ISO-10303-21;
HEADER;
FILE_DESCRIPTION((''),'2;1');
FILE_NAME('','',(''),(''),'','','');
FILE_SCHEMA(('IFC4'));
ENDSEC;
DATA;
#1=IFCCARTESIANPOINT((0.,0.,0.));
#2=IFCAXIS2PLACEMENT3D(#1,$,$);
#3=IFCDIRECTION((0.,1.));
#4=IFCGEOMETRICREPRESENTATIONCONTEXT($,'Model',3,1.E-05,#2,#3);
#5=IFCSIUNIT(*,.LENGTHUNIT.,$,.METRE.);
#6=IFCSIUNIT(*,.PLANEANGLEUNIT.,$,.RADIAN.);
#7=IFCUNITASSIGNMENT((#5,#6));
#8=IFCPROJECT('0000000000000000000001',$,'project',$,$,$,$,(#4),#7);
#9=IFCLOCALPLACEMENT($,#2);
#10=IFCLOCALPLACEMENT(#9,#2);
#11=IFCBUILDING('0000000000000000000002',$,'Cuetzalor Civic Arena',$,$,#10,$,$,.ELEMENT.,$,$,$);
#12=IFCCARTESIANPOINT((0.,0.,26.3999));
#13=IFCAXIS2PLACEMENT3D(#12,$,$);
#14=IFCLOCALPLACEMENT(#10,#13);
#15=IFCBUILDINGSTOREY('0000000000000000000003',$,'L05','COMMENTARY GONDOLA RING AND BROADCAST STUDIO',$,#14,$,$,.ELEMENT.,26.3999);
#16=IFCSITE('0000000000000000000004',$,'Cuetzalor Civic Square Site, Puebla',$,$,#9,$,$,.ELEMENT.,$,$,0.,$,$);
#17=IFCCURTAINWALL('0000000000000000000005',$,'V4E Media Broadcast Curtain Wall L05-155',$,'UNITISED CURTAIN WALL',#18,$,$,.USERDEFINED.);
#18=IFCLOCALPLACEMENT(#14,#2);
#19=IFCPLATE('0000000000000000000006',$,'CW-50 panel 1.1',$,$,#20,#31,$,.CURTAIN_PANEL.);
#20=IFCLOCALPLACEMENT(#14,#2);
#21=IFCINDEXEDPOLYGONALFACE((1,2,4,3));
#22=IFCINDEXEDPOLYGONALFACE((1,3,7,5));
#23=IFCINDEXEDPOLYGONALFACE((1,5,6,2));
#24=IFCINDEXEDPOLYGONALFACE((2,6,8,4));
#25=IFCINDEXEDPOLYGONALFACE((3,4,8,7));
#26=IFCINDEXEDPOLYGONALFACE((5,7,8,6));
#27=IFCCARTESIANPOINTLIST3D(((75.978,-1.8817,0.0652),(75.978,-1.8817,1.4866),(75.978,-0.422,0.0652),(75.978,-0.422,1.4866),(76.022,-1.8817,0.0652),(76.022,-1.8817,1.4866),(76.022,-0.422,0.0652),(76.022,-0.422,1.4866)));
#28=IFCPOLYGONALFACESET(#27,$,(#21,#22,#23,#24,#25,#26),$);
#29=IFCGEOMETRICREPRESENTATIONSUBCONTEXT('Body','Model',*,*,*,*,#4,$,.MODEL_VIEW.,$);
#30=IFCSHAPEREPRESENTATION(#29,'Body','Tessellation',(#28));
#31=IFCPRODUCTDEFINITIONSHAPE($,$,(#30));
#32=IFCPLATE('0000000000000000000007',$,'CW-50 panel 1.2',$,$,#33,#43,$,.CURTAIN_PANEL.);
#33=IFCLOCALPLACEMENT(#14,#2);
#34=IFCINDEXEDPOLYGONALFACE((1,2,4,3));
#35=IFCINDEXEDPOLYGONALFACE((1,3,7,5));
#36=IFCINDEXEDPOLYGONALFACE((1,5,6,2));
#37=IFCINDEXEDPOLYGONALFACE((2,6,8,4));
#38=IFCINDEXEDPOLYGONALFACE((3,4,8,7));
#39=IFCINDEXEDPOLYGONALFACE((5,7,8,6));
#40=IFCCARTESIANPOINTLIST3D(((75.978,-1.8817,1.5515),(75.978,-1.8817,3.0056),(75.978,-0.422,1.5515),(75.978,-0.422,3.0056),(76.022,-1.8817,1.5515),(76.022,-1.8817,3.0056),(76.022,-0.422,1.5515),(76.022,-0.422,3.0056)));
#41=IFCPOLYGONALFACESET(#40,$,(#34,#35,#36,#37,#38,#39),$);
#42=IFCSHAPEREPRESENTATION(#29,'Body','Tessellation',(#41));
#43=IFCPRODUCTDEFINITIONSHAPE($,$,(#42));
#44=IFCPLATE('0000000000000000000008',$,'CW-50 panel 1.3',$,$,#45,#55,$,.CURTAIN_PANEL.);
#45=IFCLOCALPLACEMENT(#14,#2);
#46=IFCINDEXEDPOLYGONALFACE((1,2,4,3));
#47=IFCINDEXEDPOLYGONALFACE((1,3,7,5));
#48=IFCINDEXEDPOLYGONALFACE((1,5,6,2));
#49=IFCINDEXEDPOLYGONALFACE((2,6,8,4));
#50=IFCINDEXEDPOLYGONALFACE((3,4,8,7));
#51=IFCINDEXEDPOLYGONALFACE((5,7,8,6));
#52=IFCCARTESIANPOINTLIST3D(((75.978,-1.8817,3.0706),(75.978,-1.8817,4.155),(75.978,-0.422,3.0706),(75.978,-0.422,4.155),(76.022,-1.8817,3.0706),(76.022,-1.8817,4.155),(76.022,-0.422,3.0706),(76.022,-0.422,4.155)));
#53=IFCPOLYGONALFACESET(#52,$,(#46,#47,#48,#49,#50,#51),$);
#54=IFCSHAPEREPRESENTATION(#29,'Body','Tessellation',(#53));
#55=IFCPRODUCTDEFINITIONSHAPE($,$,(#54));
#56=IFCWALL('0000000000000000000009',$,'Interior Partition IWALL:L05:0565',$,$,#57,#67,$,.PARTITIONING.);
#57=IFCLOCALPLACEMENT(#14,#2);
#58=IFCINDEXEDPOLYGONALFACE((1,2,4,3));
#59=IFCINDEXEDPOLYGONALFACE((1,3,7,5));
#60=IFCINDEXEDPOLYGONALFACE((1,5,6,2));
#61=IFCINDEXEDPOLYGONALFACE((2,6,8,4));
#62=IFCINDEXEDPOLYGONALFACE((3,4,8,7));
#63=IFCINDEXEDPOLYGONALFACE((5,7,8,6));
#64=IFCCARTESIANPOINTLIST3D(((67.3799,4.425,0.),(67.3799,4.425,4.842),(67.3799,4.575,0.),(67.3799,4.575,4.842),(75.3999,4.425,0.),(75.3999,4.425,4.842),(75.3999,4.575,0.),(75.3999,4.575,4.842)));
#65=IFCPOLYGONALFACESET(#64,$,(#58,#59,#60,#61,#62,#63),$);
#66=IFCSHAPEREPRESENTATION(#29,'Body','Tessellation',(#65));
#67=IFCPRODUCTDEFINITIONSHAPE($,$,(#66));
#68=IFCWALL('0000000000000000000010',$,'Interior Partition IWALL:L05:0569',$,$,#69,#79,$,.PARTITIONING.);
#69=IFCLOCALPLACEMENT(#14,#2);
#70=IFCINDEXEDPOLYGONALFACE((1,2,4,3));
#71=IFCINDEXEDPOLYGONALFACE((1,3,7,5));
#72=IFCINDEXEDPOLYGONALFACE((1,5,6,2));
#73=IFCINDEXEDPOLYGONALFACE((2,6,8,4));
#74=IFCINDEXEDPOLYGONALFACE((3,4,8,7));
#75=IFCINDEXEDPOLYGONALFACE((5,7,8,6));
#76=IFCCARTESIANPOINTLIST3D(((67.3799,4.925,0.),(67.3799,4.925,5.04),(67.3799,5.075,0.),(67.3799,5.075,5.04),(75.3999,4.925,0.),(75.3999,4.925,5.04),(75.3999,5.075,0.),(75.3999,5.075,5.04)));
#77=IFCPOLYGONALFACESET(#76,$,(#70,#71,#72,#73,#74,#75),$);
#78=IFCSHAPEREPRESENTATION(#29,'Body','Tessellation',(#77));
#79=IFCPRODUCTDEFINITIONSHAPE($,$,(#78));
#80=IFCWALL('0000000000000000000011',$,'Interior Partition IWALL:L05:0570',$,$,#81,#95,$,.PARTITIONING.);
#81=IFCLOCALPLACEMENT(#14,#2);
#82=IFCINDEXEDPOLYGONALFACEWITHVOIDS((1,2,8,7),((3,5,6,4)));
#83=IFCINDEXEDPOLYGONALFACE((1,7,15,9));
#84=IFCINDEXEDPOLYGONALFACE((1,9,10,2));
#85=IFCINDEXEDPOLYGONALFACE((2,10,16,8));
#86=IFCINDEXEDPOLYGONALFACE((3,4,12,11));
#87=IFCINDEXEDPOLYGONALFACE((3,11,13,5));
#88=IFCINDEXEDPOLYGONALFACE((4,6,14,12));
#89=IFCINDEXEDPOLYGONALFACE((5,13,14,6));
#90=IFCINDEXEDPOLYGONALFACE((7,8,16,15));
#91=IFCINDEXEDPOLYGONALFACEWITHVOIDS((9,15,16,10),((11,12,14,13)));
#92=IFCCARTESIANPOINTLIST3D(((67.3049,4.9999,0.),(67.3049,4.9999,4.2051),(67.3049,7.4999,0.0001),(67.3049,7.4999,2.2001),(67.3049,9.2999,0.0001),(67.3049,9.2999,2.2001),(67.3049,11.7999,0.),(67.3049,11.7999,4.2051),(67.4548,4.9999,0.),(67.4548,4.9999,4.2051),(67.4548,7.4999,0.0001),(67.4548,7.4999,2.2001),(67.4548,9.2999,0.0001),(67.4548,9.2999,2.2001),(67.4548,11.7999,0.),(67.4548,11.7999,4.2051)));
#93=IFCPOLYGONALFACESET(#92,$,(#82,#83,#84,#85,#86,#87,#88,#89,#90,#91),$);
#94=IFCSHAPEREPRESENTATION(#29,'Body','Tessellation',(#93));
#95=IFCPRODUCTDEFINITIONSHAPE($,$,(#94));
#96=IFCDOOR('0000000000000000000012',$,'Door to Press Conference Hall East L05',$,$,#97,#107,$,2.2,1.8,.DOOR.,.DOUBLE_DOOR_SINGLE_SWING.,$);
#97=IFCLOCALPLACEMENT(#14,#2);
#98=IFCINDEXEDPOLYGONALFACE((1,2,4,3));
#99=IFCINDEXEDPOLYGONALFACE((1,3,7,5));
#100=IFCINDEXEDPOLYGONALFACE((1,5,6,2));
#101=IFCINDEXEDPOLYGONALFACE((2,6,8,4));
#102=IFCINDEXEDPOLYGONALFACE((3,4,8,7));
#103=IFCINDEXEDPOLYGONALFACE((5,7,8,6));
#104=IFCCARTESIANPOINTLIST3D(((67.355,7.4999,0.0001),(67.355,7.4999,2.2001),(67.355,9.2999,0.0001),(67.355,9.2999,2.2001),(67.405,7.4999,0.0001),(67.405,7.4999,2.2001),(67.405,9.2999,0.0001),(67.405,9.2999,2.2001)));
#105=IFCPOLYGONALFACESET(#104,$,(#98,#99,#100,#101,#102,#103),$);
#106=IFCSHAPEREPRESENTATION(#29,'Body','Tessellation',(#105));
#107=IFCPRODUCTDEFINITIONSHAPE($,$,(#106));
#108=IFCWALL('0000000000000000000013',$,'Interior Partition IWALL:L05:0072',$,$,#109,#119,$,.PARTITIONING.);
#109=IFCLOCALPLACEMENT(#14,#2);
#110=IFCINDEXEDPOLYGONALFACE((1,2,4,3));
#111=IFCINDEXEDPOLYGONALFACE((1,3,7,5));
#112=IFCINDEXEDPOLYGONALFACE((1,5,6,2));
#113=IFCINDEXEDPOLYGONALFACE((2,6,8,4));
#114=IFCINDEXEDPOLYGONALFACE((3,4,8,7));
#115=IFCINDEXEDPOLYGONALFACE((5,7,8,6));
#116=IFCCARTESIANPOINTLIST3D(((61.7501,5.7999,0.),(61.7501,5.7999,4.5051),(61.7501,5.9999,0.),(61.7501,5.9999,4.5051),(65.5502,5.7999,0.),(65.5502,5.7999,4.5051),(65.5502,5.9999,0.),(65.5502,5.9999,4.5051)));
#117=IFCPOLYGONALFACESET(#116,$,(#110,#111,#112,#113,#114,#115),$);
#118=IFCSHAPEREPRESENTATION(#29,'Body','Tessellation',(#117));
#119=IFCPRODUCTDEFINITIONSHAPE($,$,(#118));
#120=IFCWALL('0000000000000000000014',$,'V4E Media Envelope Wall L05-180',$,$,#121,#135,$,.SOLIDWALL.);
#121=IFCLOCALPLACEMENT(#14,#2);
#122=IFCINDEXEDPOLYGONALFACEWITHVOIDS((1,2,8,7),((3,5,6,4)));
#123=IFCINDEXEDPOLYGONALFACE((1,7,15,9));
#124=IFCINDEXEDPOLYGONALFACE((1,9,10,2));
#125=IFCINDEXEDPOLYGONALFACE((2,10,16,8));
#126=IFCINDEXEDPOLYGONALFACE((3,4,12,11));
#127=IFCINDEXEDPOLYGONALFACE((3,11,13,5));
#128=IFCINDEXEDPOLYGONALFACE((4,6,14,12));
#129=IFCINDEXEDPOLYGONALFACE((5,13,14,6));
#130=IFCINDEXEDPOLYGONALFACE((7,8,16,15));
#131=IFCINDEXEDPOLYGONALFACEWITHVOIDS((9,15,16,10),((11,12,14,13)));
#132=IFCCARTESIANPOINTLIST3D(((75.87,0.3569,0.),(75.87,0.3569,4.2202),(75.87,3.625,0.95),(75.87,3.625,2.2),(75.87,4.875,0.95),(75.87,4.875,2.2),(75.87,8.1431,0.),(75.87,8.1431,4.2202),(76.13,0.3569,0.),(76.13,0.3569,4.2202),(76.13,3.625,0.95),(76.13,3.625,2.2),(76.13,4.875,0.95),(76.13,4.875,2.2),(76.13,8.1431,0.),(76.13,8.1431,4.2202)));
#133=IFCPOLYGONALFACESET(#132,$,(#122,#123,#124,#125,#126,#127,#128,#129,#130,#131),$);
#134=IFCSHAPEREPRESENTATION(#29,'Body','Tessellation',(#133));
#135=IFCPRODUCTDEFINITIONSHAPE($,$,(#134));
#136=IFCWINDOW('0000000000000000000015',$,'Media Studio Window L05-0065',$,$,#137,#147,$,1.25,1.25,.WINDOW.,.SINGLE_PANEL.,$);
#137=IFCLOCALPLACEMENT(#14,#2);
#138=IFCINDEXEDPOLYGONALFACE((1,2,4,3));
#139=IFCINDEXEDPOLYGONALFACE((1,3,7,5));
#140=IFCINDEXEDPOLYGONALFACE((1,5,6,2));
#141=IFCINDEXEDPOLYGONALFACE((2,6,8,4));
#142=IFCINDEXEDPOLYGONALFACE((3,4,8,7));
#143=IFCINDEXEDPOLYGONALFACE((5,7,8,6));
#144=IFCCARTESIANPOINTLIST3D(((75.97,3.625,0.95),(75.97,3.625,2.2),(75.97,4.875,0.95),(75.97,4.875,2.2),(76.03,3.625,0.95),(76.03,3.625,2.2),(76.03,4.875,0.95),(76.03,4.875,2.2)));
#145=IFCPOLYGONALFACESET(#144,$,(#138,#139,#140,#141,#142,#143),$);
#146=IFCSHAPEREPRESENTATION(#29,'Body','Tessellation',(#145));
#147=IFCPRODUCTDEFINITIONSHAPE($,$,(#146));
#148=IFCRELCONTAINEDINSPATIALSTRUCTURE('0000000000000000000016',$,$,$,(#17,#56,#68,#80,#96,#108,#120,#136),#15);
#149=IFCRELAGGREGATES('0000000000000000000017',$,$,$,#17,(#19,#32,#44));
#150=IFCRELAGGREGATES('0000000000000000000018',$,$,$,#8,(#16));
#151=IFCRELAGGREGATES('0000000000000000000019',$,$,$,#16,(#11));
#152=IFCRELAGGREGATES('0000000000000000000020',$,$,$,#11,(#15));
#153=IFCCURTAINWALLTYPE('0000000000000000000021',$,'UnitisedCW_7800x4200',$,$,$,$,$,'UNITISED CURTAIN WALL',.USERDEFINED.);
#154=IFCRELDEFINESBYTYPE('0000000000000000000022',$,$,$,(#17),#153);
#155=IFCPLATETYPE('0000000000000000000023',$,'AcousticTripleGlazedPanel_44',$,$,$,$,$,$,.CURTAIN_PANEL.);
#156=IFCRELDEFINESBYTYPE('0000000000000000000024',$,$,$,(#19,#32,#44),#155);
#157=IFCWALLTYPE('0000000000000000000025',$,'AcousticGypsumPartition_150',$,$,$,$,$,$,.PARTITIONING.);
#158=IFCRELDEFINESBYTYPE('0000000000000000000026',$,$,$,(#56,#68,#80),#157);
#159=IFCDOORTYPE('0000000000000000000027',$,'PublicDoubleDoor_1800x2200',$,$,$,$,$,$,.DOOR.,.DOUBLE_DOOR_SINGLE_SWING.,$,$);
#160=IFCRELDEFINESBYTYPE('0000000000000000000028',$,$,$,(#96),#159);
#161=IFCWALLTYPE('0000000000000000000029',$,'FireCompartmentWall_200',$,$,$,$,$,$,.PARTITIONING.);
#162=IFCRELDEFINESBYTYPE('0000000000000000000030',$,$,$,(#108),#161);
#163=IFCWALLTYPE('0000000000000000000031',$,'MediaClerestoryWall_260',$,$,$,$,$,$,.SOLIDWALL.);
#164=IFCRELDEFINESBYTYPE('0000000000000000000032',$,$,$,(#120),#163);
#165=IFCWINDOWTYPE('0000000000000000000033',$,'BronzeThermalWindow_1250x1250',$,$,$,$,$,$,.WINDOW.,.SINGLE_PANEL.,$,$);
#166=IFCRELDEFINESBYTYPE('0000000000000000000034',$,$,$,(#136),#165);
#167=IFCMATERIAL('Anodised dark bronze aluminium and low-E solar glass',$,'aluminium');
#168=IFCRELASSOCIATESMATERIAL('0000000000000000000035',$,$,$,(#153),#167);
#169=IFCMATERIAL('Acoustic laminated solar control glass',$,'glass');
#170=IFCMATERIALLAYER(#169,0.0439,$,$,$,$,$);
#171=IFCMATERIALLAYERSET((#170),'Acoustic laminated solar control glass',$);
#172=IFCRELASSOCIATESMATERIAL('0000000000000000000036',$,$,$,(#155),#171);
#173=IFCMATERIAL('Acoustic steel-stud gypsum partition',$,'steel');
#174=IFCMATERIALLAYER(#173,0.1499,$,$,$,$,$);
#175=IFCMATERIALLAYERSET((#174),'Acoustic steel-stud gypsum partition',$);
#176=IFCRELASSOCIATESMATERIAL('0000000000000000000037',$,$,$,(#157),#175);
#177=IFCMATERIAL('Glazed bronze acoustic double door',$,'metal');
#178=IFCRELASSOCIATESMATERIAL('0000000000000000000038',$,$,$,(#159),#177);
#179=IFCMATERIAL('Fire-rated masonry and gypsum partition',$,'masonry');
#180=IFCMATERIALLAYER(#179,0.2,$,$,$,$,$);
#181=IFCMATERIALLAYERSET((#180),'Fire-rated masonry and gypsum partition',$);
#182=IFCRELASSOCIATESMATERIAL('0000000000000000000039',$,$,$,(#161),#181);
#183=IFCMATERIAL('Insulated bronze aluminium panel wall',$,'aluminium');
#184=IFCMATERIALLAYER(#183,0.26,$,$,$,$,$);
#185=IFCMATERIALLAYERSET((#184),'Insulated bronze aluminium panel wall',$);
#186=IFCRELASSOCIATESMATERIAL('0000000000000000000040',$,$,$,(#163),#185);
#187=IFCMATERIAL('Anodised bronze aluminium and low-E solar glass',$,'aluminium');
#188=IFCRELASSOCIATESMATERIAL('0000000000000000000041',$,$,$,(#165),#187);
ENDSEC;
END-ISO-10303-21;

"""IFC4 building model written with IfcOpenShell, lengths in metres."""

from ifc_helpers import new_model, si_unit, direction, frame, frame_2d, origin, origin_2d, place, context, subcontext, project, spatial, rectangle, extrude, material, layer, layer_set, type_object, element, fill, aggregate, save


model = new_model("IFC4")

# Units and contexts
model_context = context("Model", 3, precision=1e-05, world=origin(), true_north=direction((0.0, 1.0)))
body_context = subcontext(model_context, "Body", "Model", "MODEL_VIEW")
ifc_project = project(units=[si_unit("LENGTHUNIT", "METRE"), si_unit("PLANEANGLEUNIT", "RADIAN")], contexts=[model_context])

# Site, building, storey
site_placement = place(None, origin())
site = spatial("IfcSite", under=ifc_project, at=site_placement, Name="Cuetzalor Civic Square Site, Puebla", CompositionType="ELEMENT", RefElevation=0.0)
building_placement = place(site_placement, origin())
building = spatial("IfcBuilding", under=site, at=building_placement, Name="Cuetzalor Civic Arena", CompositionType="ELEMENT")
storey_placement = place(building_placement, frame((0.0, 0.0, 26.3999)))
storey = spatial("IfcBuildingStorey", under=building, at=storey_placement, Name="L05", Description="COMMENTARY GONDOLA RING AND BROADCAST STUDIO", CompositionType="ELEMENT", Elevation=26.3999)

# Curtain wall
ifc_material_1 = material(Name="Anodised dark bronze aluminium and low-E solar glass", Category="aluminium")
curtain_wall_type = type_object("IfcCurtainWallType", Name="UnitisedCW_7800x4200", ElementType="UNITISED CURTAIN WALL", PredefinedType="USERDEFINED", material=ifc_material_1)
curtain_wall_placement = place(storey_placement, origin())
curtain_wall = element("IfcCurtainWall", 1, at=curtain_wall_placement, inside=storey, type_object=curtain_wall_type, Name="V4E Media Broadcast Curtain Wall L05-155", ObjectType="UNITISED CURTAIN WALL", PredefinedType="USERDEFINED")

# Plates
ifc_material_2 = material(Name="Acoustic laminated solar control glass", Category="glass")
ifc_layer_1 = layer(ifc_material_2, 0.0439)
ifc_layer_set_1 = layer_set([ifc_layer_1], Name="Acoustic laminated solar control glass")
plate_type = type_object("IfcPlateType", Name="AcousticTripleGlazedPanel_44", PredefinedType="CURTAIN_PANEL", material=ifc_layer_set_1)
plate_1_placement = place(storey_placement, frame((76.0, -1.1519, 0.0652), z_axis=(0.0, 0.0, 1.0), x_axis=(0.0, -1.0, 0.0)))
plate_1 = element("IfcPlate", 2, at=plate_1_placement, type_object=plate_type, Name="CW-50 panel 1.1", PredefinedType="CURTAIN_PANEL", context=body_context, shape_type="SweptSolid", body=[
    extrude(rectangle(XDim=1.4597, YDim=0.0439, at=origin_2d()), origin(), (0.0, 0.0, 1.0), 1.4214),
])
plate_2_placement = place(storey_placement, frame((76.0, -1.1519, 1.5515), z_axis=(0.0, 0.0, 1.0), x_axis=(0.0, -1.0, 0.0)))
plate_2 = element("IfcPlate", 3, at=plate_2_placement, type_object=plate_type, Name="CW-50 panel 1.2", PredefinedType="CURTAIN_PANEL", context=body_context, shape_type="SweptSolid", body=[
    extrude(rectangle(XDim=1.4597, YDim=0.0439, at=origin_2d()), origin(), (0.0, 0.0, 1.0), 1.4541),
])
plate_3_placement = place(storey_placement, frame((76.0, -1.1519, 3.0706), z_axis=(0.0, 0.0, 1.0), x_axis=(0.0, -1.0, 0.0)))
plate_3 = element("IfcPlate", 4, at=plate_3_placement, type_object=plate_type, Name="CW-50 panel 1.3", PredefinedType="CURTAIN_PANEL", context=body_context, shape_type="SweptSolid", body=[
    extrude(rectangle(XDim=1.4597, YDim=0.0439, at=origin_2d()), origin(), (0.0, 0.0, 1.0), 1.0845),
])
aggregate(curtain_wall, [plate_1, plate_2, plate_3])

# Walls
ifc_material_3 = material(Name="Acoustic steel-stud gypsum partition", Category="steel")
ifc_layer_2 = layer(ifc_material_3, 0.1499)
ifc_layer_set_2 = layer_set([ifc_layer_2], Name="Acoustic steel-stud gypsum partition")
wall_type_1 = type_object("IfcWallType", Name="AcousticGypsumPartition_150", PredefinedType="PARTITIONING", material=ifc_layer_set_2)
wall_1_placement = place(storey_placement, frame((67.3799, 4.5, 0.0), z_axis=(0.0, 0.0, 1.0), x_axis=(1.0, 0.0, 0.0)))
element("IfcWall", 5, at=wall_1_placement, inside=storey, type_object=wall_type_1, Name="Interior Partition IWALL:L05:0565", PredefinedType="PARTITIONING", context=body_context, shape_type="SweptSolid", body=[
    extrude(rectangle(XDim=8.02, YDim=0.1499, at=frame_2d((4.01, 0.0))), origin(), (0.0, 0.0, 1.0), 4.842),
])
wall_2_placement = place(storey_placement, frame((75.3999, 5.0, 0.0), z_axis=(0.0, 0.0, 1.0), x_axis=(-1.0, 0.0, 0.0)))
element("IfcWall", 6, at=wall_2_placement, inside=storey, type_object=wall_type_1, Name="Interior Partition IWALL:L05:0569", PredefinedType="PARTITIONING", context=body_context, shape_type="SweptSolid", body=[
    extrude(rectangle(XDim=8.02, YDim=0.1499, at=frame_2d((4.01, 0.0))), origin(), (0.0, 0.0, 1.0), 5.04),
])

# Wall, opening, door
wall_3_placement = place(storey_placement, frame((67.3799, 5.0, 0.0), z_axis=(0.0, 0.0, 1.0), x_axis=(0.0, 1.0, 0.0)))
wall_3 = element("IfcWall", 7, at=wall_3_placement, inside=storey, type_object=wall_type_1, Name="Interior Partition IWALL:L05:0570", PredefinedType="PARTITIONING", context=body_context, shape_type="SweptSolid", body=[
    extrude(rectangle(XDim=6.8, YDim=0.1499, at=frame_2d((3.3999, 0.0))), origin(), (0.0, 0.0, 1.0), 4.2051),
])
opening_1_placement = place(wall_3_placement, frame((2.5, 0.0, 0.0)))
opening_1 = element("IfcOpeningElement", 8, at=opening_1_placement, cuts=wall_3, PredefinedType="OPENING", context=body_context, shape_type="SweptSolid", body=[
    extrude(rectangle(XDim=1.8, YDim=2.2, at=frame_2d((0.8999, 1.1001))), frame((0.0, 0.085, 0.0), z_axis=(0.0, -1.0, 0.0), x_axis=(1.0, 0.0, 0.0)), (0.0, 0.0, 1.0), 0.1699),
])
ifc_material_4 = material(Name="Glazed bronze acoustic double door", Category="metal")
door_type = type_object("IfcDoorType", Name="PublicDoubleDoor_1800x2200", OperationType="DOUBLE_DOOR_SINGLE_SWING", PredefinedType="DOOR", material=ifc_material_4)
door_placement = place(opening_1_placement, origin())
door = element("IfcDoor", 9, at=door_placement, inside=storey, type_object=door_type, Name="Door to Press Conference Hall East L05", OperationType="DOUBLE_DOOR_SINGLE_SWING", OverallHeight=2.2, OverallWidth=1.8, PredefinedType="DOOR", context=body_context, shape_type="SweptSolid", body=[
    extrude(rectangle(XDim=1.8, YDim=2.2, at=frame_2d((0.8999, 1.1001))), frame((0.0, 0.0249, 0.0), z_axis=(0.0, -1.0, 0.0), x_axis=(1.0, 0.0, 0.0)), (0.0, 0.0, 1.0), 0.05),
])
fill(opening_1, door)

# Wall
ifc_material_5 = material(Name="Fire-rated masonry and gypsum partition", Category="masonry")
ifc_layer_3 = layer(ifc_material_5, 0.2)
ifc_layer_set_3 = layer_set([ifc_layer_3], Name="Fire-rated masonry and gypsum partition")
wall_type_2 = type_object("IfcWallType", Name="FireCompartmentWall_200", PredefinedType="PARTITIONING", material=ifc_layer_set_3)
wall_4_placement = place(storey_placement, frame((65.55, 5.8999, 0.0), z_axis=(0.0, 0.0, 1.0), x_axis=(-1.0, 0.0, 0.0)))
element("IfcWall", 10, at=wall_4_placement, inside=storey, type_object=wall_type_2, Name="Interior Partition IWALL:L05:0072", PredefinedType="PARTITIONING", context=body_context, shape_type="SweptSolid", body=[
    extrude(rectangle(XDim=3.8, YDim=0.2, at=frame_2d((1.8999, 0.0))), origin(), (0.0, 0.0, 1.0), 4.5051),
])

# Wall, opening, window
ifc_material_6 = material(Name="Insulated bronze aluminium panel wall", Category="aluminium")
ifc_layer_4 = layer(ifc_material_6, 0.26)
ifc_layer_set_4 = layer_set([ifc_layer_4], Name="Insulated bronze aluminium panel wall")
wall_type_3 = type_object("IfcWallType", Name="MediaClerestoryWall_260", PredefinedType="SOLIDWALL", material=ifc_layer_set_4)
wall_5_placement = place(storey_placement, frame((76.0, 8.1431, 0.0), z_axis=(0.0, 0.0, 1.0), x_axis=(0.0, -1.0, 0.0)))
wall_5 = element("IfcWall", 11, at=wall_5_placement, inside=storey, type_object=wall_type_3, Name="V4E Media Envelope Wall L05-180", PredefinedType="SOLIDWALL", context=body_context, shape_type="SweptSolid", body=[
    extrude(rectangle(XDim=7.7861, YDim=0.26, at=frame_2d((3.8931, 0.0))), origin(), (0.0, 0.0, 1.0), 4.2202),
])
opening_2_placement = place(wall_5_placement, frame((3.2681, 0.0, 0.95)))
opening_2 = element("IfcOpeningElement", 12, at=opening_2_placement, cuts=wall_5, PredefinedType="OPENING", context=body_context, shape_type="SweptSolid", body=[
    extrude(rectangle(XDim=1.25, YDim=1.25, at=frame_2d((0.625, 0.625))), frame((0.0, 0.1401, 0.0), z_axis=(0.0, -1.0, 0.0), x_axis=(1.0, 0.0, 0.0)), (0.0, 0.0, 1.0), 0.28),
])
ifc_material_7 = material(Name="Anodised bronze aluminium and low-E solar glass", Category="aluminium")
window_type = type_object("IfcWindowType", Name="BronzeThermalWindow_1250x1250", PartitioningType="SINGLE_PANEL", PredefinedType="WINDOW", material=ifc_material_7)
window_placement = place(opening_2_placement, origin())
window = element("IfcWindow", 13, at=window_placement, inside=storey, type_object=window_type, Name="Media Studio Window L05-0065", OverallHeight=1.25, OverallWidth=1.25, PartitioningType="SINGLE_PANEL", PredefinedType="WINDOW", context=body_context, shape_type="SweptSolid", body=[
    extrude(rectangle(XDim=1.25, YDim=1.25, at=frame_2d((0.625, 0.625))), frame((0.0, 0.03, 0.0), z_axis=(0.0, -1.0, 0.0), x_axis=(1.0, 0.0, 0.0)), (0.0, 0.0, 1.0), 0.0601),
])
fill(opening_2, window)

save(model, "model.ifc")
